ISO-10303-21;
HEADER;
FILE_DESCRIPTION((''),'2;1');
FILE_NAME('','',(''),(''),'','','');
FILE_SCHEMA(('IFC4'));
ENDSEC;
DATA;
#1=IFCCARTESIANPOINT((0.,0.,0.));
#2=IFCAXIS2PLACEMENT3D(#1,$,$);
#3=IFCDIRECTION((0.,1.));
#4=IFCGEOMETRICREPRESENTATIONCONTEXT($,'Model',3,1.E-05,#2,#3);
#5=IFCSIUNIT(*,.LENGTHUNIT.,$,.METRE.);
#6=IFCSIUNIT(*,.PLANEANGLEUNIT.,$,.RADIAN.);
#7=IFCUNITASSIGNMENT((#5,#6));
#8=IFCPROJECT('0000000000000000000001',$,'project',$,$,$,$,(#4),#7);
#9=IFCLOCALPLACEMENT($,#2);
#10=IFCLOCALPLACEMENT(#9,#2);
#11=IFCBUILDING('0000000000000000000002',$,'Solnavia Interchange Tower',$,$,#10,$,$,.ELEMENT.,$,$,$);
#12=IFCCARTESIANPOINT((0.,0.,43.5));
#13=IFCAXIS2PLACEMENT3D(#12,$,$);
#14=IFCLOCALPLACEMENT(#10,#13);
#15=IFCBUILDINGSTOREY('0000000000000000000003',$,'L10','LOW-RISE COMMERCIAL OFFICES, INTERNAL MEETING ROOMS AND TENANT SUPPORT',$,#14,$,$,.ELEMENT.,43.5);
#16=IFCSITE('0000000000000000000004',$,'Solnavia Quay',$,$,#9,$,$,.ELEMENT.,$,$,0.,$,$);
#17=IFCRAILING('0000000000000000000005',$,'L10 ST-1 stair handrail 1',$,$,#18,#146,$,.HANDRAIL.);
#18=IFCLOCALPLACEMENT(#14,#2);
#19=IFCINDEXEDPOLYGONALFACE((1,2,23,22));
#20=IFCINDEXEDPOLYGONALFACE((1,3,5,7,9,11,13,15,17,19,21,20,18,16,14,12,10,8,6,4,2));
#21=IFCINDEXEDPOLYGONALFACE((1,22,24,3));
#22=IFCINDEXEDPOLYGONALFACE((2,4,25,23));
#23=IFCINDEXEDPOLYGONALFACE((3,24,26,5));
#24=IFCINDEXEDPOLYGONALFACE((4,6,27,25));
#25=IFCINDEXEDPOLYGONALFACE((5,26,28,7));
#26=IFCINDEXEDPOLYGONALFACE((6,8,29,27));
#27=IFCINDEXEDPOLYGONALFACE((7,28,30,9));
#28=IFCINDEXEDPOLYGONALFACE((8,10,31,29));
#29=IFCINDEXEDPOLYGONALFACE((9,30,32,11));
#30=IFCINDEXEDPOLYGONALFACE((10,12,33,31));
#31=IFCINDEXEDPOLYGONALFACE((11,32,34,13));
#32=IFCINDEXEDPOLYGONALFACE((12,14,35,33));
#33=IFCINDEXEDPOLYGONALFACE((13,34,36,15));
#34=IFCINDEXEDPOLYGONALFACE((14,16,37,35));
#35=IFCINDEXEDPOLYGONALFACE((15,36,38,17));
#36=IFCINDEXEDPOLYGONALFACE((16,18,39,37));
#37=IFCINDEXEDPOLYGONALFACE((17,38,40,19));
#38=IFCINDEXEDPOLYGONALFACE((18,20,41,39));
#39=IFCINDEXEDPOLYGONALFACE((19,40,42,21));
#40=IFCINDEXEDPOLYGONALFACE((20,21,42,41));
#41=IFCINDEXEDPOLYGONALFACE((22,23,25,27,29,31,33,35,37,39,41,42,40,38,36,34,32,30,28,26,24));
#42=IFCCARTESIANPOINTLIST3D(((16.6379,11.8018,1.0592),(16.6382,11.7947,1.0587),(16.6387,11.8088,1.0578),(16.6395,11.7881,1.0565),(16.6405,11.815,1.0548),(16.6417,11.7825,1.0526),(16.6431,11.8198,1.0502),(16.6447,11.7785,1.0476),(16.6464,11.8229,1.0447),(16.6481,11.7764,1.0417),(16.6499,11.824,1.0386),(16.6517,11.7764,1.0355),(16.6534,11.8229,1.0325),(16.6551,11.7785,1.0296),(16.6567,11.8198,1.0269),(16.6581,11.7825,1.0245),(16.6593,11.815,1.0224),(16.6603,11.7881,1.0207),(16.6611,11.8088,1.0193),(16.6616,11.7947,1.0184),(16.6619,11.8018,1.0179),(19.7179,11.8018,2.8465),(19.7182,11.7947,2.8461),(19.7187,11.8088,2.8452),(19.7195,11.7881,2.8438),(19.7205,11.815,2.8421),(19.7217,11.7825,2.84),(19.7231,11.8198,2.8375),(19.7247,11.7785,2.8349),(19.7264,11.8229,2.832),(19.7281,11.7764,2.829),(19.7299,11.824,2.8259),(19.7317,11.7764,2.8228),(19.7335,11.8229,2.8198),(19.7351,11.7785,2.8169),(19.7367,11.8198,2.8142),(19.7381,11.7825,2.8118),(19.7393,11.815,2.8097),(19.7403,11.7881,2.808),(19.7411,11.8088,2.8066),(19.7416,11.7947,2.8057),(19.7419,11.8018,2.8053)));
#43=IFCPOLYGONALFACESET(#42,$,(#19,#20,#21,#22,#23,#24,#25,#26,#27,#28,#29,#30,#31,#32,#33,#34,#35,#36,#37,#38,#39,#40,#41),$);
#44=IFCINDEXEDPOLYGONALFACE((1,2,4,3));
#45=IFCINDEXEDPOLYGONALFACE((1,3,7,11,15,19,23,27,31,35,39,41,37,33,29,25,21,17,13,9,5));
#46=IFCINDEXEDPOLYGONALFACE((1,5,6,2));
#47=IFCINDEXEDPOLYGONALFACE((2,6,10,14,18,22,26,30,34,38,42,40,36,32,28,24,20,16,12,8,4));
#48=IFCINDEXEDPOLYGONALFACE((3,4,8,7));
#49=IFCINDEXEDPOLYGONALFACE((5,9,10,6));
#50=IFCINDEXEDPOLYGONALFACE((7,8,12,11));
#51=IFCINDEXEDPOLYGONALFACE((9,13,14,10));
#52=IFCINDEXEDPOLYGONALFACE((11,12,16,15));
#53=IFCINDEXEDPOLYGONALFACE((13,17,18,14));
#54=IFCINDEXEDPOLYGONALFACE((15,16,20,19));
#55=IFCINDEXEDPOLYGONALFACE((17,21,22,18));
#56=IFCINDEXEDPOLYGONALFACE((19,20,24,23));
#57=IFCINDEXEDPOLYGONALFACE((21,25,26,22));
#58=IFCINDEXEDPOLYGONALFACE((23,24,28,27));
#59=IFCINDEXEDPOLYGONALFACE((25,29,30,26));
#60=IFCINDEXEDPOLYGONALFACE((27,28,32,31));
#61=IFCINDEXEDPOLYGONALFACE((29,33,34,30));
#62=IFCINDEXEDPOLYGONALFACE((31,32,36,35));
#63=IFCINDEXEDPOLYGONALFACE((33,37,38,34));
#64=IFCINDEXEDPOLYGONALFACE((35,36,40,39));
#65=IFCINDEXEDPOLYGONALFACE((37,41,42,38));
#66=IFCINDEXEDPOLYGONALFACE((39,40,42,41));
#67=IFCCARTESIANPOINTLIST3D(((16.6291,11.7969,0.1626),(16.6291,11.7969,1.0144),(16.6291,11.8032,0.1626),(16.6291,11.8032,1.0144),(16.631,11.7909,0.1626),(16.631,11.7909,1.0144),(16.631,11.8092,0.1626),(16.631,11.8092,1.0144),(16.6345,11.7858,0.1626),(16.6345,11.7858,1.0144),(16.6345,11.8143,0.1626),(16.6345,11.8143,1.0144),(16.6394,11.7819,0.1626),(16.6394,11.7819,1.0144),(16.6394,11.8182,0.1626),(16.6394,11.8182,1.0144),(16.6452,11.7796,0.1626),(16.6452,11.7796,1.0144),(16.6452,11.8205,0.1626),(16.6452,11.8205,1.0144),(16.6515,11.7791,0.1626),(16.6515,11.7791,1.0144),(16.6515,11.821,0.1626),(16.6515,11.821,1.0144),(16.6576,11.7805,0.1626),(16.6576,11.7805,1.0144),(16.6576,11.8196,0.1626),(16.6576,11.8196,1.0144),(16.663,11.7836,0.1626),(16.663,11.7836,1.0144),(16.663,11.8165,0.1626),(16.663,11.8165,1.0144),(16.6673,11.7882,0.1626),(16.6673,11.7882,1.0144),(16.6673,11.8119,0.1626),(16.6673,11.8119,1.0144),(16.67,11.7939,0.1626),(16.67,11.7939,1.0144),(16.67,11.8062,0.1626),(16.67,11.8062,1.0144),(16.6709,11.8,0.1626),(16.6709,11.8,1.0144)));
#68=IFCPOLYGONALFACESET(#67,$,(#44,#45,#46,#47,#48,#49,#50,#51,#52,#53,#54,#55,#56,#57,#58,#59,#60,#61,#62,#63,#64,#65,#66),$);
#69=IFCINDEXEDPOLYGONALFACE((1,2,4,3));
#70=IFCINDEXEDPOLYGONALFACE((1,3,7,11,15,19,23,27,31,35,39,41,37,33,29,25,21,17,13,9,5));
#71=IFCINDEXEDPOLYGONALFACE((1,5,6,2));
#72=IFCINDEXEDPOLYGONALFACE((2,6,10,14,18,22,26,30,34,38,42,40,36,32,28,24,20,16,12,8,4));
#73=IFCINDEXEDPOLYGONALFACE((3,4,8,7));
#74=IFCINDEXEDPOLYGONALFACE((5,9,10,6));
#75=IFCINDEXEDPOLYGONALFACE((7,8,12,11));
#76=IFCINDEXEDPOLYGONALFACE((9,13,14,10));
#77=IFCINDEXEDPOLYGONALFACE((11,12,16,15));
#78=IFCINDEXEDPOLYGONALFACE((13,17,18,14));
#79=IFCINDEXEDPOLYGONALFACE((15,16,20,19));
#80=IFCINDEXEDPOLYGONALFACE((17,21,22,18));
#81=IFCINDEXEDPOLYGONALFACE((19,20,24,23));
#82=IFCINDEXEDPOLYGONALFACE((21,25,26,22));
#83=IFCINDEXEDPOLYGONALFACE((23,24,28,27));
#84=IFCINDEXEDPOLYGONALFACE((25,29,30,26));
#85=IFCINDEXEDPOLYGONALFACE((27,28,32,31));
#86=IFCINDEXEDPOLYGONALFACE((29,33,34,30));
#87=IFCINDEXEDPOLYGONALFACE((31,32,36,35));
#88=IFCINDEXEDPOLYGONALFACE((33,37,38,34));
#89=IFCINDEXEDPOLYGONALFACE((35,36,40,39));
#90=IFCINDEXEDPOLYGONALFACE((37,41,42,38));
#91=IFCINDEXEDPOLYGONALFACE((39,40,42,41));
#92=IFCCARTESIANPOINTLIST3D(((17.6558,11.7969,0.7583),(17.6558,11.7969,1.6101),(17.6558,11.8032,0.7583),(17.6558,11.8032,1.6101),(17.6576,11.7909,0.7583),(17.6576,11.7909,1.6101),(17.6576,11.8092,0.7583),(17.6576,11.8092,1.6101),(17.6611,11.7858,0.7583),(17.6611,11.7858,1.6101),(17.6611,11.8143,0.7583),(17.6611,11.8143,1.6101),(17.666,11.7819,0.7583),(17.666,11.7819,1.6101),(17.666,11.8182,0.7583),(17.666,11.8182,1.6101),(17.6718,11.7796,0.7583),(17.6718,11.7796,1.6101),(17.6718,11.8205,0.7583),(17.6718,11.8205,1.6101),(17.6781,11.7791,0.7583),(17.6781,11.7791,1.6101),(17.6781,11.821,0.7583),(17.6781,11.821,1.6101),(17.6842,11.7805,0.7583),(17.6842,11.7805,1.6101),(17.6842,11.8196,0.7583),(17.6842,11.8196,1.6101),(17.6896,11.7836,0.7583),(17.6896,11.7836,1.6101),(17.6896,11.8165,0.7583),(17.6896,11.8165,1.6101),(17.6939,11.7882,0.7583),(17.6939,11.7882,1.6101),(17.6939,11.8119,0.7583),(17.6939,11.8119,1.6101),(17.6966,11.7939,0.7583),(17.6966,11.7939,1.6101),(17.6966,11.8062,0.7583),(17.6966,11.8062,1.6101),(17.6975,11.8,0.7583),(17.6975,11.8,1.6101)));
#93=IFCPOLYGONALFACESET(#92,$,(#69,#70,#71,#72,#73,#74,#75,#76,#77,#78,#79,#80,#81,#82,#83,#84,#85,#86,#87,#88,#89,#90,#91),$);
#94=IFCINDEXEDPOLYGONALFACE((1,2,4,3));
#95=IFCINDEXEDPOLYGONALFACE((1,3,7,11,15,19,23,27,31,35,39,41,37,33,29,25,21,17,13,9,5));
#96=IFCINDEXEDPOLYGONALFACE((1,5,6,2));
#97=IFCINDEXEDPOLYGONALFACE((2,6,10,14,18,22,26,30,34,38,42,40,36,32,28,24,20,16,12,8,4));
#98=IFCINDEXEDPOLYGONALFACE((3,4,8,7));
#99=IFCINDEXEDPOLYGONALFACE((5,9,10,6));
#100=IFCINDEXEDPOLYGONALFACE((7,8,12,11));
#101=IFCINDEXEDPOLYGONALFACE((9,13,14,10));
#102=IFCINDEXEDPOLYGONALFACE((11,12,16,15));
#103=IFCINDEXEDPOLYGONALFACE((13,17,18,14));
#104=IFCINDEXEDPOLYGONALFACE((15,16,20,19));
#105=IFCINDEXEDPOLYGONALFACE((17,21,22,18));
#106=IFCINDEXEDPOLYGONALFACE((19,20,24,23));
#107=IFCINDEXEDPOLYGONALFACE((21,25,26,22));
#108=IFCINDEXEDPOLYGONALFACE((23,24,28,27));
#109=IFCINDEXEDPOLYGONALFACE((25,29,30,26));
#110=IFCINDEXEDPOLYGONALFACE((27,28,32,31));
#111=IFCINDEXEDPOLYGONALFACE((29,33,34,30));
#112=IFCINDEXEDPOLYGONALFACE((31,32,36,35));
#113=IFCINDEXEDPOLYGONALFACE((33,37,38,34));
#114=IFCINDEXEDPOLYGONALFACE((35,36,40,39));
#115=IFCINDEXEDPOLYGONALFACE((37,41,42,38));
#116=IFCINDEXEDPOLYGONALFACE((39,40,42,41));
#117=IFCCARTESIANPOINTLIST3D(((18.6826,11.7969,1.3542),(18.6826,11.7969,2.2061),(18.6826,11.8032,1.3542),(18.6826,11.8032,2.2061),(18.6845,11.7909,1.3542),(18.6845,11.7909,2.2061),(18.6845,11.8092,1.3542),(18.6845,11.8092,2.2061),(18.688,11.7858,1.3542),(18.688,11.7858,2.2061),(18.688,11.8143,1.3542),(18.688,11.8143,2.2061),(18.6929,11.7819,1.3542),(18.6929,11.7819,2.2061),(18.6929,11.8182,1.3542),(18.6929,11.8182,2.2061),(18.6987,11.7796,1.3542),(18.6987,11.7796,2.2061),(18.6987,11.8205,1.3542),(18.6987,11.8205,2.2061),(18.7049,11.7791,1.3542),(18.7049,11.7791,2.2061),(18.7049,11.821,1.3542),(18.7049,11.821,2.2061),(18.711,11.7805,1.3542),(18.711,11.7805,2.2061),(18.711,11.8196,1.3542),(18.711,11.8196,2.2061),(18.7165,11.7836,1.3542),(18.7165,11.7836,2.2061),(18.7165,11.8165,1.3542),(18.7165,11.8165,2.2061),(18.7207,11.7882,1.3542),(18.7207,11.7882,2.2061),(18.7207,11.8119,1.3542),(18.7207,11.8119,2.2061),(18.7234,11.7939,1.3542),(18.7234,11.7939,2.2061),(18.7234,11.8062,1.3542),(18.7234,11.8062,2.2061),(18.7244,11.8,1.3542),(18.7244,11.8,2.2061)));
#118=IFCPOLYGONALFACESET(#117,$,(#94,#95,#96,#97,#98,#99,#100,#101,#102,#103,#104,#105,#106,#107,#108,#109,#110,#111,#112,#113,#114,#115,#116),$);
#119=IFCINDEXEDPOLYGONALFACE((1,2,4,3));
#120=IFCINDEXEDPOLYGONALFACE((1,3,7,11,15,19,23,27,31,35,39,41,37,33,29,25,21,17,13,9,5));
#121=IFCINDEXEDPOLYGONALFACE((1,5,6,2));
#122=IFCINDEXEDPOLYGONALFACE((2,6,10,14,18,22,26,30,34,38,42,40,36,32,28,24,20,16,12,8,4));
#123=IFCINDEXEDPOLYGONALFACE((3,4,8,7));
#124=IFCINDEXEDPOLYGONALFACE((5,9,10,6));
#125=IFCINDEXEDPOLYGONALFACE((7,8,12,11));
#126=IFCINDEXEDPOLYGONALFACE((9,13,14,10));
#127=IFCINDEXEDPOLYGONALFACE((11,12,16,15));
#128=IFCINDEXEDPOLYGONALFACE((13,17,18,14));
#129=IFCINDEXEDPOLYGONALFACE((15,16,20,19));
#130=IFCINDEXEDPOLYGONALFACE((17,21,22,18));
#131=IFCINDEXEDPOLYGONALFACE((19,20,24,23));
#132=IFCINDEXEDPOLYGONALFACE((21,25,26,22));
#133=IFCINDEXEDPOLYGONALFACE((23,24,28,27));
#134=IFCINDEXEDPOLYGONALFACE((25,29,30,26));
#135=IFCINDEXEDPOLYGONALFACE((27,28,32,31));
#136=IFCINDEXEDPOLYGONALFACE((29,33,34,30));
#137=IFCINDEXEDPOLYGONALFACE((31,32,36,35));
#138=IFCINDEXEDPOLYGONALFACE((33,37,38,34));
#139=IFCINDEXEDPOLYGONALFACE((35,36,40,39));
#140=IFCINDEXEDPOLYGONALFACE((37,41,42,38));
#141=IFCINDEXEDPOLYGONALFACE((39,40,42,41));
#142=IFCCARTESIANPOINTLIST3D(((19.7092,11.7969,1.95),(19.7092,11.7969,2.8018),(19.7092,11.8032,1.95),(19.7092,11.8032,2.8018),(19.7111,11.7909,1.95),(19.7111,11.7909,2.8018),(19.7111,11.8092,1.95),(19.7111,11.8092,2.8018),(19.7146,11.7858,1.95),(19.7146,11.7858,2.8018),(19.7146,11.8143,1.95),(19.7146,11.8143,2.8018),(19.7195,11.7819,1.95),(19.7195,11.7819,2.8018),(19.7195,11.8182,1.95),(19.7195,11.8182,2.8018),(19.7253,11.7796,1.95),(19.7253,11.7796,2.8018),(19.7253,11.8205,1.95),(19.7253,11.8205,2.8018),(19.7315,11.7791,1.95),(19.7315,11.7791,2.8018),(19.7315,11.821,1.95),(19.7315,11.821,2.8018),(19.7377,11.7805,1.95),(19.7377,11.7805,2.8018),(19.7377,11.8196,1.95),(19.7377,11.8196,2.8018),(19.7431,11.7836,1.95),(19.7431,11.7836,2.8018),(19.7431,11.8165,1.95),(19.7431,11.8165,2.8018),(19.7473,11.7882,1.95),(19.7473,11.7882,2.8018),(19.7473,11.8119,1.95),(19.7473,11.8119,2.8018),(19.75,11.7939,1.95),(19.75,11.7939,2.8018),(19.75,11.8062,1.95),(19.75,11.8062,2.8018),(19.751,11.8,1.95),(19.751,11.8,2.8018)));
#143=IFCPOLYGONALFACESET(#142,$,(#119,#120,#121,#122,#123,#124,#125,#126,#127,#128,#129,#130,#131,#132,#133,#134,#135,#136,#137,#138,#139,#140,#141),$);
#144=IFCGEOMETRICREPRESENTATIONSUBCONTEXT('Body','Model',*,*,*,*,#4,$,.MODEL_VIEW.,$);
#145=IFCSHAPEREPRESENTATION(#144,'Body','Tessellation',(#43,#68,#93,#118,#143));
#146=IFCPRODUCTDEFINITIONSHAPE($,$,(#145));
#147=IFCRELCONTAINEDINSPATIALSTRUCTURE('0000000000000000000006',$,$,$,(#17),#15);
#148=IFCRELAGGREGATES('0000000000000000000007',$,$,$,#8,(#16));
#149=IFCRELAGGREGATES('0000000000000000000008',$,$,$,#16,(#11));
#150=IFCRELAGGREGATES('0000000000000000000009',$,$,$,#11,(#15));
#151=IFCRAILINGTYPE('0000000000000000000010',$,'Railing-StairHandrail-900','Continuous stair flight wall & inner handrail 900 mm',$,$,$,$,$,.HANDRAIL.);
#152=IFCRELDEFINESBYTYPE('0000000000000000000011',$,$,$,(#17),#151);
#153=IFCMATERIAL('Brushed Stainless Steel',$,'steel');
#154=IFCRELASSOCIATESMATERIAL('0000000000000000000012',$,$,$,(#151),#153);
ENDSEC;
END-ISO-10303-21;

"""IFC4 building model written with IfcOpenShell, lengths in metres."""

from ifc_helpers import new_model, si_unit, direction, frame, origin, origin_2d, place, context, subcontext, project, spatial, circle, extrude, material, type_object, element, save


model = new_model("IFC4")

# Units and contexts
model_context = context("Model", 3, precision=1e-05, world=origin(), true_north=direction((0.0, 1.0)))
body_context = subcontext(model_context, "Body", "Model", "MODEL_VIEW")
ifc_project = project(units=[si_unit("LENGTHUNIT", "METRE"), si_unit("PLANEANGLEUNIT", "RADIAN")], contexts=[model_context])

# Site, building, storey
site_placement = place(None, origin())
site = spatial("IfcSite", under=ifc_project, at=site_placement, Name="Solnavia Quay", CompositionType="ELEMENT", RefElevation=0.0)
building_placement = place(site_placement, origin())
building = spatial("IfcBuilding", under=site, at=building_placement, Name="Solnavia Interchange Tower", CompositionType="ELEMENT")
storey_placement = place(building_placement, frame((0.0, 0.0, 43.5)))
storey = spatial("IfcBuildingStorey", under=building, at=storey_placement, Name="L10", Description="LOW-RISE COMMERCIAL OFFICES, INTERNAL MEETING ROOMS AND TENANT SUPPORT", CompositionType="ELEMENT", Elevation=43.5)

# Railing
ifc_material_1 = material(Name="Brushed Stainless Steel", Category="steel")
railing_type_1 = type_object("IfcRailingType", Name="Railing-StairHandrail-900", Description="Continuous stair flight wall & inner handrail 900 mm", PredefinedType="HANDRAIL", material=ifc_material_1)
railing_1_placement = place(storey_placement, frame((16.6499, 11.8, 0.1626)))
element("IfcRailing", 1, at=railing_1_placement, inside=storey, type_object=railing_type_1, Name="L10 ST-1 stair handrail 1", PredefinedType="HANDRAIL", context=body_context, shape_type="SweptSolid", body=[
    extrude(circle(Radius=0.0239, at=origin_2d()), frame((0.0, 0.0, 0.876), z_axis=(0.86492, 0.0, 0.501909), x_axis=(0.0, 1.0, 0.0)), (0.0, 0.0, 1.0), 3.561),
    extrude(circle(Radius=0.021, at=origin_2d()), origin(), (0.0, 0.0, 1.0), 0.8518),
    extrude(circle(Radius=0.021, at=origin_2d()), frame((1.0266, 0.0, 0.5957)), (0.0, 0.0, 1.0), 0.8518),
    extrude(circle(Radius=0.021, at=origin_2d()), frame((2.0535, 0.0, 1.1917)), (0.0, 0.0, 1.0), 0.8518),
    extrude(circle(Radius=0.021, at=origin_2d()), frame((3.0801, 0.0, 1.7874)), (0.0, 0.0, 1.0), 0.8518),
])

save(model, "model.ifc")
